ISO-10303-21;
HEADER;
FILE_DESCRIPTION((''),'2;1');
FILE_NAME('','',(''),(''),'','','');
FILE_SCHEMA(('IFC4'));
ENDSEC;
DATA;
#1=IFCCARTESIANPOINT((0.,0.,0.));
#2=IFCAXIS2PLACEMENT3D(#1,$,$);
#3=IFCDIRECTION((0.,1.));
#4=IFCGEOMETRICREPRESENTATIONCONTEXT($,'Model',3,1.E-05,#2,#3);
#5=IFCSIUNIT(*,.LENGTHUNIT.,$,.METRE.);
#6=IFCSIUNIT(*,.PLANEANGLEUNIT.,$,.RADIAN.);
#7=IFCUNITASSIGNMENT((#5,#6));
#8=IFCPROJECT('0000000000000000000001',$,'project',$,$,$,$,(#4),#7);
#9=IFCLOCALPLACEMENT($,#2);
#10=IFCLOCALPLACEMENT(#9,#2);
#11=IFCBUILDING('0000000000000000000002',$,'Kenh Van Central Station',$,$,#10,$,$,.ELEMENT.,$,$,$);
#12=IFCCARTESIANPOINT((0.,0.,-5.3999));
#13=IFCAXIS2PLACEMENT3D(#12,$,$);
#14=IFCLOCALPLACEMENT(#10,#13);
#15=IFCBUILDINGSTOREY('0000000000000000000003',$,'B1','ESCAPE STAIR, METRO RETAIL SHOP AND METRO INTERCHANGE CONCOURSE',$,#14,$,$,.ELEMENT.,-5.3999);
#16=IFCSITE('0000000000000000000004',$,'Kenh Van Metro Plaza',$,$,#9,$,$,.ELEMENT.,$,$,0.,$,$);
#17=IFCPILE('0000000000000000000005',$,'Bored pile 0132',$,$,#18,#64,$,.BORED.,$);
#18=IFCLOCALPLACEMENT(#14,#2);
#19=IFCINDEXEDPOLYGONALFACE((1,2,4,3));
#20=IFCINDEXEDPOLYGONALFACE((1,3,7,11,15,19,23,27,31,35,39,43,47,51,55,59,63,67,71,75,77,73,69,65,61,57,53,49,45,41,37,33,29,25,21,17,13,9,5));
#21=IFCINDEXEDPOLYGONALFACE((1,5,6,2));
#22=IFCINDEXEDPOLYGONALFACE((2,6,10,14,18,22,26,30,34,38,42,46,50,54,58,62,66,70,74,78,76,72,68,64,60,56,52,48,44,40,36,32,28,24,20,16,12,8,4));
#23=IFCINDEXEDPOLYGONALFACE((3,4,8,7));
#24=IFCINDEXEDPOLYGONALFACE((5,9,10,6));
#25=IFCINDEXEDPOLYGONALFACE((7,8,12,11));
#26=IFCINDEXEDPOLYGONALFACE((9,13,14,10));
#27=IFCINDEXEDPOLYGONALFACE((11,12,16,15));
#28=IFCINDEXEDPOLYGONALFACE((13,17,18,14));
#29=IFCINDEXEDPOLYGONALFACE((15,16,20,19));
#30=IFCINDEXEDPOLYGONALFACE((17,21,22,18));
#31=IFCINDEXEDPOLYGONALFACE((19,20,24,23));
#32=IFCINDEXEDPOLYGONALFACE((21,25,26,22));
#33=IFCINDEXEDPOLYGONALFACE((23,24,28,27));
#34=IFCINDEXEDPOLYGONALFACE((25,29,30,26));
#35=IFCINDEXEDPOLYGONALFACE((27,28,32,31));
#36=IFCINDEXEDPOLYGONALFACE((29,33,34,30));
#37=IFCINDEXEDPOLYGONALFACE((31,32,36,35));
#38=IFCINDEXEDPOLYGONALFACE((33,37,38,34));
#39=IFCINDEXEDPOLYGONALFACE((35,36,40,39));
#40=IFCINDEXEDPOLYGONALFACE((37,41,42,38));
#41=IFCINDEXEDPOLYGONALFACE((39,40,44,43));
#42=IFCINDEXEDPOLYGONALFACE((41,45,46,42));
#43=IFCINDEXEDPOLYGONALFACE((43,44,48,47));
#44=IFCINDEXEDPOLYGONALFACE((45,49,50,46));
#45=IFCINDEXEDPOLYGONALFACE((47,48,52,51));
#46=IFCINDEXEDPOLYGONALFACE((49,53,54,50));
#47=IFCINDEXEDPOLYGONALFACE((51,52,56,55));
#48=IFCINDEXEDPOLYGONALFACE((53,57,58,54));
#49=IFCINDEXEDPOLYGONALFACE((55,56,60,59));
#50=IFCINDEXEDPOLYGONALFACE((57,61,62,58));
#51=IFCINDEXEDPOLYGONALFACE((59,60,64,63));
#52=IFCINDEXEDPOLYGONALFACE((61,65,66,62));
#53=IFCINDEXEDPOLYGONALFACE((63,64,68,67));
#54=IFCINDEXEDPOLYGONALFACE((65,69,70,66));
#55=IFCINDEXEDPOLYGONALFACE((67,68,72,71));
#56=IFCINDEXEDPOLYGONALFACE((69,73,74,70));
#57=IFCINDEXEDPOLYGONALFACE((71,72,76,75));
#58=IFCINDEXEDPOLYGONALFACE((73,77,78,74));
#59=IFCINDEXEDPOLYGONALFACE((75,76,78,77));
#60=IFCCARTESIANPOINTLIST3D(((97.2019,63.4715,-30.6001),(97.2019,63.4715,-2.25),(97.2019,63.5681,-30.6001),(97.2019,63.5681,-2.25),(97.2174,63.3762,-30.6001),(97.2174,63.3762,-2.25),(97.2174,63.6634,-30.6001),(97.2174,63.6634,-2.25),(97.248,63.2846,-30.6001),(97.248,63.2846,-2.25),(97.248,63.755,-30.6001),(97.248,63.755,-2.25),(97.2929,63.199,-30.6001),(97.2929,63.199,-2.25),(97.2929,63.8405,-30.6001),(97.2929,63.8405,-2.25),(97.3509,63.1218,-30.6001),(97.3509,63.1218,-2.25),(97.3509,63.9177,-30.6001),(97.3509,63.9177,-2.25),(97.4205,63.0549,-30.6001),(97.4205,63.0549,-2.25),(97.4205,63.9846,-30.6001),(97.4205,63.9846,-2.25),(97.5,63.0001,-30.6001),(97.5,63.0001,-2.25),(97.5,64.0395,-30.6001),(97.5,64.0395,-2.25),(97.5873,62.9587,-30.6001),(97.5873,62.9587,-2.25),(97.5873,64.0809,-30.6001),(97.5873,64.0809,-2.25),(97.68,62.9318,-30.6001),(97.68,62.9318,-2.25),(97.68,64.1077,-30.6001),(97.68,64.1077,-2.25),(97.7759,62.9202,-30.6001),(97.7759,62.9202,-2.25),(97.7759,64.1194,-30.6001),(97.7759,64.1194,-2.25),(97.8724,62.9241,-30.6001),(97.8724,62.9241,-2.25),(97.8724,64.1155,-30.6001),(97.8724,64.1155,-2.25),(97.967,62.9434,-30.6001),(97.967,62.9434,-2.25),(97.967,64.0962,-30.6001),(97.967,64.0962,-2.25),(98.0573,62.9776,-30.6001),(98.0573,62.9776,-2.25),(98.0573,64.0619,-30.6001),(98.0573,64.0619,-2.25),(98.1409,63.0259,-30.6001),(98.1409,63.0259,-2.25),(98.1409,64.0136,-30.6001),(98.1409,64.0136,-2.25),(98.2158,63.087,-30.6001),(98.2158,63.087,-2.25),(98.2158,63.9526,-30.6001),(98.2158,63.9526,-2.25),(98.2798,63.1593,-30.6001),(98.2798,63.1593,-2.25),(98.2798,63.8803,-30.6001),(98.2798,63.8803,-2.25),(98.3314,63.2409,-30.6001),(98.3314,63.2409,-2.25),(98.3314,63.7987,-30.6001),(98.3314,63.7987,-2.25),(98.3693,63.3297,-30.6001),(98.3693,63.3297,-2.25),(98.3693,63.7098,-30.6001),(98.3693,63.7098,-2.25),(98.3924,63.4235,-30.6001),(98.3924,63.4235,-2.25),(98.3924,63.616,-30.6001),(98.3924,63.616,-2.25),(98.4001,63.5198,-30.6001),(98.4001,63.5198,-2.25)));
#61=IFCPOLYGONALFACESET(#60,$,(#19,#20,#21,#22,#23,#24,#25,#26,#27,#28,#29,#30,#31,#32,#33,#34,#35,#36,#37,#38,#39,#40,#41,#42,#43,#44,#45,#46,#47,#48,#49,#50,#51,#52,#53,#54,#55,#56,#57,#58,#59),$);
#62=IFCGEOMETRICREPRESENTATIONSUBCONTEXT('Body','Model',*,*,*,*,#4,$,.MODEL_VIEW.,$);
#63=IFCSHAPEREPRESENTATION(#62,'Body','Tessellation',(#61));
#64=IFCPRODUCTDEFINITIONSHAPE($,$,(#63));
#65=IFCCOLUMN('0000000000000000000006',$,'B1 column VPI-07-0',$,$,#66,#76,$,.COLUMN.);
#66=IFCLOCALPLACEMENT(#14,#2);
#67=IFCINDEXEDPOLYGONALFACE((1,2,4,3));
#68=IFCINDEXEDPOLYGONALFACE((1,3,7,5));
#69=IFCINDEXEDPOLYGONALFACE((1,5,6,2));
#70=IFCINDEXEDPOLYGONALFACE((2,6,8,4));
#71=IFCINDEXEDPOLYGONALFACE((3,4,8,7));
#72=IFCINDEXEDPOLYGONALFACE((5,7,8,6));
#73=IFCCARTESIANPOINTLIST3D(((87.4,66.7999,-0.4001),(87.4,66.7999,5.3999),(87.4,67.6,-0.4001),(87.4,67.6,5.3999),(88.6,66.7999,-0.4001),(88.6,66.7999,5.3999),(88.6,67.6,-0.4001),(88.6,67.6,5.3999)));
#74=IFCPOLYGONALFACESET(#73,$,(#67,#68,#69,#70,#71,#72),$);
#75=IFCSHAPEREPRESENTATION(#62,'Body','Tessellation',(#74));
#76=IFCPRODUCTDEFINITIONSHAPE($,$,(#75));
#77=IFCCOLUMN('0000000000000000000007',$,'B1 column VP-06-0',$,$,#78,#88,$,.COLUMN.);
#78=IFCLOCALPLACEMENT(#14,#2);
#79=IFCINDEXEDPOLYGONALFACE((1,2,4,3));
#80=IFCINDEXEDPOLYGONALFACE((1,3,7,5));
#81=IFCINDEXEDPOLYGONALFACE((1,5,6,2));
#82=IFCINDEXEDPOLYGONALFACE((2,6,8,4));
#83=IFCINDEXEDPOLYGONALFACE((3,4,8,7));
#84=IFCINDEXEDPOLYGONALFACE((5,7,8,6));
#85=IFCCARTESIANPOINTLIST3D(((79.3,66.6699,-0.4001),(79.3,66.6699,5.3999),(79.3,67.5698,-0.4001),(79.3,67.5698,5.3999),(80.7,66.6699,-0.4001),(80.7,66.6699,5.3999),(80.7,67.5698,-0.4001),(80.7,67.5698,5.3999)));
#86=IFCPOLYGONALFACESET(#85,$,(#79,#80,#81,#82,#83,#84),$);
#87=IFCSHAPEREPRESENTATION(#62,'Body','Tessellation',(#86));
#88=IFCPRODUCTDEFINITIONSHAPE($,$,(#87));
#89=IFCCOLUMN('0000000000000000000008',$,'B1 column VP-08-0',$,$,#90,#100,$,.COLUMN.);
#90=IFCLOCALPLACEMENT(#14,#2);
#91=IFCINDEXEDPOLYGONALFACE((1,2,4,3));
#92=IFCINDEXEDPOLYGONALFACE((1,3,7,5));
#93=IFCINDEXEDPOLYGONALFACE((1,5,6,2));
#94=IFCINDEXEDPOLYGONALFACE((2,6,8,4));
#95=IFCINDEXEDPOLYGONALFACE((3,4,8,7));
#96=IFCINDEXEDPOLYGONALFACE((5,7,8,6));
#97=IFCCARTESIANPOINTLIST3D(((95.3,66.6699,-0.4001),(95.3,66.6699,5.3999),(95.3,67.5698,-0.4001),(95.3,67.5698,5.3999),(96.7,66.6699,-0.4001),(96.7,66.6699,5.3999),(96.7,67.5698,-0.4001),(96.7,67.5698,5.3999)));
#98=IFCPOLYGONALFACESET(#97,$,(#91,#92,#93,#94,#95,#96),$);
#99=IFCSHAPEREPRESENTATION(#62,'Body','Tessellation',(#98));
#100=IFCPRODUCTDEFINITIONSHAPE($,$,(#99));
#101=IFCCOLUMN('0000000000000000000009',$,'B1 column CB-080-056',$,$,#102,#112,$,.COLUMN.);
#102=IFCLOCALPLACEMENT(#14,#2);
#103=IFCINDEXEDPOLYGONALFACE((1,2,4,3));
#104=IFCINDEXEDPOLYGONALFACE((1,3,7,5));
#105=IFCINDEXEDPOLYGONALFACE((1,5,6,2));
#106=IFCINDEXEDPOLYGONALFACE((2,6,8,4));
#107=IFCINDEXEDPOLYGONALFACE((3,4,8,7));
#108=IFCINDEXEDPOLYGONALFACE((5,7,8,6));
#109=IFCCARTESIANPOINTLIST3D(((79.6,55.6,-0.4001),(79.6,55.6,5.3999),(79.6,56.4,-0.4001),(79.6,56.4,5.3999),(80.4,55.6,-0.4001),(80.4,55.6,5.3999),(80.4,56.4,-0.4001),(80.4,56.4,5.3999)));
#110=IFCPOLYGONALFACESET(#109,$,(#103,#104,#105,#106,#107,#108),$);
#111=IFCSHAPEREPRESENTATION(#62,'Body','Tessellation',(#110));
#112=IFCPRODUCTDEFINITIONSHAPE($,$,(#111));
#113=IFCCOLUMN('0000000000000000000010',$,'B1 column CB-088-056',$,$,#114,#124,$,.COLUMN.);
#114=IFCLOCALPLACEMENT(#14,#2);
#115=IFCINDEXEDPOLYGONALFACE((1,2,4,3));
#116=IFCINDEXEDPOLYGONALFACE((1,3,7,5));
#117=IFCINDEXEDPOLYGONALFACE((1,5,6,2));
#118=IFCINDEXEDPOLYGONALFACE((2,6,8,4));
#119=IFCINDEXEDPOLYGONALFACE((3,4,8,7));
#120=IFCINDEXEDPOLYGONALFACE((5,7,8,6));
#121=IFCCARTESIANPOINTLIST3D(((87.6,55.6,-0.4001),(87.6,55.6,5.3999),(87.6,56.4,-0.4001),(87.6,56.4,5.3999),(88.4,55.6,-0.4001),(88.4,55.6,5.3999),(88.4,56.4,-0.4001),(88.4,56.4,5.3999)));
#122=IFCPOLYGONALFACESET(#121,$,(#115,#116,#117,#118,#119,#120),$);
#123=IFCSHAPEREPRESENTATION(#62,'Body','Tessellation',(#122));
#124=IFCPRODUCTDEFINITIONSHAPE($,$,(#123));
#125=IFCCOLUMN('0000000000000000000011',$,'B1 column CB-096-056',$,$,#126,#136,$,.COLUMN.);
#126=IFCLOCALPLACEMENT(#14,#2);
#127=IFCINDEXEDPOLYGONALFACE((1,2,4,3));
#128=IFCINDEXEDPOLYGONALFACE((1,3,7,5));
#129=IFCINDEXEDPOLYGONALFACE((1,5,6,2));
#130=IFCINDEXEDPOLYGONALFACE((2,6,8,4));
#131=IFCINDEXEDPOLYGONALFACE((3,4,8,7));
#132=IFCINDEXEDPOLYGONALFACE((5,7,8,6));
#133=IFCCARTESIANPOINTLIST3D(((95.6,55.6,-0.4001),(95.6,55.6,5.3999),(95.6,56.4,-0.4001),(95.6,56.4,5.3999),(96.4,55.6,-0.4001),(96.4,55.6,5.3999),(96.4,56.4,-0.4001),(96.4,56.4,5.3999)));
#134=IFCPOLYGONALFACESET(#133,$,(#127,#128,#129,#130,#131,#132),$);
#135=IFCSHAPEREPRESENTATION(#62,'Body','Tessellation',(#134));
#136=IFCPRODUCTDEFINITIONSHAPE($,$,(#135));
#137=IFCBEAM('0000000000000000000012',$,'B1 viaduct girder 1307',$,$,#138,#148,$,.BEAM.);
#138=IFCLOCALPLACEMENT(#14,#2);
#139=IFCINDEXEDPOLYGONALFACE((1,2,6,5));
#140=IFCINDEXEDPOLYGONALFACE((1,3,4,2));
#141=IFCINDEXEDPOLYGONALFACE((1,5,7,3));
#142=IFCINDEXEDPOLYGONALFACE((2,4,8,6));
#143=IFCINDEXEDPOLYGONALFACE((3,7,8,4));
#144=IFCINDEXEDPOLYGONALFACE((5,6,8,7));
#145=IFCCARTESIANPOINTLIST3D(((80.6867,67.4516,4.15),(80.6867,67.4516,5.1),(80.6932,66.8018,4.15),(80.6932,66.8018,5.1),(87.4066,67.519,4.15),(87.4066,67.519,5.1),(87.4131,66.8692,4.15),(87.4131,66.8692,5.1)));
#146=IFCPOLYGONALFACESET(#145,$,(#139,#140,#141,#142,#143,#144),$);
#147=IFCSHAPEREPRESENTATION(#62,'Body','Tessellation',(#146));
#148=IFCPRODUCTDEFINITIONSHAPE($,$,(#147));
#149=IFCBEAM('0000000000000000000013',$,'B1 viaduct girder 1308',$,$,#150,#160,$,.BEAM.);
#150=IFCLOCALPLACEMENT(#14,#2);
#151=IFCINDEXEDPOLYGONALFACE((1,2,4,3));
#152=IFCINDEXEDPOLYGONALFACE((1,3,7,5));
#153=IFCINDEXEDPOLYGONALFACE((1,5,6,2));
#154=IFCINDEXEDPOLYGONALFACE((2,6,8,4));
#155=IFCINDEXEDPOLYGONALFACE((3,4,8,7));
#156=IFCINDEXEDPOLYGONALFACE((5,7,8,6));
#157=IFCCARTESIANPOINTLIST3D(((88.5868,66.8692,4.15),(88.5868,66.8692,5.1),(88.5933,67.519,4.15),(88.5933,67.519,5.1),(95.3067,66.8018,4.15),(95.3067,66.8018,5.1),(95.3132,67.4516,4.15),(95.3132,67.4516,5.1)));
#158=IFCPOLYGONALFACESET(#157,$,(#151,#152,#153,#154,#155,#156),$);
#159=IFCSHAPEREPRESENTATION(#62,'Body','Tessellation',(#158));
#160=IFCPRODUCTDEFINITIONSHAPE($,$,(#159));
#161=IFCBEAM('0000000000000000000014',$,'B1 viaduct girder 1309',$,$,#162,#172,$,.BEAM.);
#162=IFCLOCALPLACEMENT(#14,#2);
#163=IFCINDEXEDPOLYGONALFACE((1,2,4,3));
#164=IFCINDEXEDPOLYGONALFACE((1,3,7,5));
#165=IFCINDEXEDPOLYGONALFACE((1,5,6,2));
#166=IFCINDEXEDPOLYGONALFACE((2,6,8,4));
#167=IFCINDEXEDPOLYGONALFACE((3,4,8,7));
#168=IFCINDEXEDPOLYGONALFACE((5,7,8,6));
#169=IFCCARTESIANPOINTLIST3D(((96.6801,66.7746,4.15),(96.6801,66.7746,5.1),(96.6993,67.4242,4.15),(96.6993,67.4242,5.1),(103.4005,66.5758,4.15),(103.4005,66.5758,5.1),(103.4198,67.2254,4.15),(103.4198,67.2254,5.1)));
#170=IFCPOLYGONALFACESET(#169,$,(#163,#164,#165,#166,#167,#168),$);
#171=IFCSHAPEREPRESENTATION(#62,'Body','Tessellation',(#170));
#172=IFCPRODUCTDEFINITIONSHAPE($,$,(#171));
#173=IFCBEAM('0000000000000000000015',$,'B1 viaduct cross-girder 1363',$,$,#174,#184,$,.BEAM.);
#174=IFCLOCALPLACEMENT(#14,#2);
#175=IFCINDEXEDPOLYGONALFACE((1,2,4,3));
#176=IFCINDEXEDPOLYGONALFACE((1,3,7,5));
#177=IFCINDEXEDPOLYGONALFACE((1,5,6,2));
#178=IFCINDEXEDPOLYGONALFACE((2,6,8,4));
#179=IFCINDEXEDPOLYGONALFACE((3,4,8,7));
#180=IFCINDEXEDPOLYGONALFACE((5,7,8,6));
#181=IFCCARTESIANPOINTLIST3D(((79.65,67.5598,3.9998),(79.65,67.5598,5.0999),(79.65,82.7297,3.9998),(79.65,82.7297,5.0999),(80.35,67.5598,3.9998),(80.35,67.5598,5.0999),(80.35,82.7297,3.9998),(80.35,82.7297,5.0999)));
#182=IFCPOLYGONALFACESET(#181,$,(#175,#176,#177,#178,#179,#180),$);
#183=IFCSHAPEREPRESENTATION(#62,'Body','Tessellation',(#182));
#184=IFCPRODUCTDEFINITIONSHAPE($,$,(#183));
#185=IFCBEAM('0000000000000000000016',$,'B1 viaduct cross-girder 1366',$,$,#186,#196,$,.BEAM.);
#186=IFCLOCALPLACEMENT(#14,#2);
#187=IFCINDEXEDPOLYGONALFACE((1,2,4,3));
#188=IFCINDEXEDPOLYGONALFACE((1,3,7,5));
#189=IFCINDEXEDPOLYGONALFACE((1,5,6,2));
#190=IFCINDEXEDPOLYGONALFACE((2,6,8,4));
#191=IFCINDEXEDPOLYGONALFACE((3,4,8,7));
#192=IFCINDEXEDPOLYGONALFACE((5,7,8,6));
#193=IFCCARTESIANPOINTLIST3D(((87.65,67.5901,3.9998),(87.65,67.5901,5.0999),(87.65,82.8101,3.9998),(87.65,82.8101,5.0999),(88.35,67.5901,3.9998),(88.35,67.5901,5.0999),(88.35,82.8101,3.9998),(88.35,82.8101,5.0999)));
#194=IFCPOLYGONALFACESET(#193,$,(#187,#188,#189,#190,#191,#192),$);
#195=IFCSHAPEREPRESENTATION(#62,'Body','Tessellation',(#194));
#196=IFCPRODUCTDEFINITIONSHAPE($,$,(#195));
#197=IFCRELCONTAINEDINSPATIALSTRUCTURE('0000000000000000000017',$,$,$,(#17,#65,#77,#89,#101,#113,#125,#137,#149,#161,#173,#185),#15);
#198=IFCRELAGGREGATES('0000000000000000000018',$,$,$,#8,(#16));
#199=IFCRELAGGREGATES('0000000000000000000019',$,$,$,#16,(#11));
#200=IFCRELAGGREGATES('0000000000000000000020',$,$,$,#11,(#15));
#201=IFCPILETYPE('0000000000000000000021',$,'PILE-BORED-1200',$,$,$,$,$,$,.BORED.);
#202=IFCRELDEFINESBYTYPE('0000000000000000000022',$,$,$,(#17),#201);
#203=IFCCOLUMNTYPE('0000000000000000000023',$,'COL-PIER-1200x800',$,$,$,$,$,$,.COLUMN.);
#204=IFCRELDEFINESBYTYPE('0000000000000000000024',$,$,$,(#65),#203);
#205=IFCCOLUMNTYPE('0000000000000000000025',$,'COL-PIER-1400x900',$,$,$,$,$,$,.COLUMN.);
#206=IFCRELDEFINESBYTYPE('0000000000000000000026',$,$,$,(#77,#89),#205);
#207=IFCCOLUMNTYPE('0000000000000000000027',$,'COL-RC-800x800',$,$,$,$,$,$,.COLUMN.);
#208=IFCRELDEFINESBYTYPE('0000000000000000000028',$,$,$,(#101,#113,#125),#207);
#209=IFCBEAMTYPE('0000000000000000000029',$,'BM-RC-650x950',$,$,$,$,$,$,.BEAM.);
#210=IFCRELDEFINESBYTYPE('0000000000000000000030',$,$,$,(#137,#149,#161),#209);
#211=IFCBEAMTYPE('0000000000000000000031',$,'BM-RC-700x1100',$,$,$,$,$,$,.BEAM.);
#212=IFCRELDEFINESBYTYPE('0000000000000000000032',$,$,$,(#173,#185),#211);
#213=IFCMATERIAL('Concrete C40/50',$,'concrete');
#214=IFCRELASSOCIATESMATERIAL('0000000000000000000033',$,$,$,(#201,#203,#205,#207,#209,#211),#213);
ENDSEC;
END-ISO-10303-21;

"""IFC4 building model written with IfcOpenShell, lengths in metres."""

from ifc_helpers import new_model, si_unit, direction, frame, origin, origin_2d, place, context, subcontext, project, spatial, rectangle, circle, extrude, material, material_profile, profile_set, type_object, element, save


model = new_model("IFC4")

# Units and contexts
model_context = context("Model", 3, precision=1e-05, world=origin(), true_north=direction((0.0, 1.0)))
body_context = subcontext(model_context, "Body", "Model", "MODEL_VIEW")
ifc_project = project(units=[si_unit("LENGTHUNIT", "METRE"), si_unit("PLANEANGLEUNIT", "RADIAN")], contexts=[model_context])

# Site, building, storey
site_placement = place(None, origin())
site = spatial("IfcSite", under=ifc_project, at=site_placement, Name="Kenh Van Metro Plaza", CompositionType="ELEMENT", RefElevation=0.0)
building_placement = place(site_placement, origin())
building = spatial("IfcBuilding", under=site, at=building_placement, Name="Kenh Van Central Station", CompositionType="ELEMENT")
storey_placement = place(building_placement, frame((0.0, 0.0, -5.3999)))
storey = spatial("IfcBuildingStorey", under=building, at=storey_placement, Name="B1", Description="ESCAPE STAIR, METRO RETAIL SHOP AND METRO INTERCHANGE CONCOURSE", CompositionType="ELEMENT", Elevation=-5.3999)

# Shared definitions
ifc_material = material(Name="Concrete C40/50", Category="concrete")

# Pile
ifc_material_profile_1 = material_profile(ifc_material, circle(Radius=0.6001, at=origin_2d()), Name="PILE D1200")
ifc_profile_set_1 = profile_set([ifc_material_profile_1], Name="Concrete C40/50")
pile_type_1 = type_object("IfcPileType", Name="PILE-BORED-1200", PredefinedType="BORED", material=ifc_profile_set_1)
for number, where, z_axis, x_axis, name in (
    (1, (97.8, 63.5198, -2.25), (0.0, 0.0, -1.0), (1.0, 0.0, 0.0), "Bored pile 0132"),
):
    element("IfcPile", number, at=place(storey_placement, frame(where, z_axis=z_axis, x_axis=x_axis)), inside=storey, type_object=pile_type_1, Name=name, PredefinedType="BORED", context=body_context, shape_type="SweptSolid", body=[
        extrude(circle(Radius=0.6001, at=origin_2d()), origin(), (0.0, 0.0, 1.0), 28.3501),
    ])

# Columns
ifc_material_profile_2 = material_profile(ifc_material, rectangle(XDim=1.2, YDim=0.8, at=origin_2d()), Name="RC 1200x800")
ifc_profile_set_2 = profile_set([ifc_material_profile_2], Name="Concrete C40/50")
column_type_1 = type_object("IfcColumnType", Name="COL-PIER-1200x800", PredefinedType="COLUMN", material=ifc_profile_set_2)
column_placement = place(storey_placement, frame((88.0, 67.2, -0.4001), z_axis=(0.0, 0.0, 1.0), x_axis=(1.0, 0.0, 0.0)))
element("IfcColumn", 2, at=column_placement, inside=storey, type_object=column_type_1, Name="B1 column VPI-07-0", PredefinedType="COLUMN", context=body_context, shape_type="SweptSolid", body=[
    extrude(rectangle(XDim=1.2, YDim=0.8, at=origin_2d()), origin(), (0.0, 0.0, 1.0), 5.8),
])
ifc_material_profile_3 = material_profile(ifc_material, rectangle(XDim=1.3999, YDim=0.8999, at=origin_2d()), Name="RC 1400x900")
ifc_profile_set_3 = profile_set([ifc_material_profile_3], Name="Concrete C40/50")
column_type_2 = type_object("IfcColumnType", Name="COL-PIER-1400x900", PredefinedType="COLUMN", material=ifc_profile_set_3)
for number, where, z_axis, x_axis, name in (
    (3, (80.0, 67.1199, -0.4001), (0.0, 0.0, 1.0), (1.0, 0.0, 0.0), "B1 column VP-06-0"),
    (4, (96.0, 67.1199, -0.4001), (0.0, 0.0, 1.0), (1.0, 0.0, 0.0), "B1 column VP-08-0"),
):
    element("IfcColumn", number, at=place(storey_placement, frame(where, z_axis=z_axis, x_axis=x_axis)), inside=storey, type_object=column_type_2, Name=name, PredefinedType="COLUMN", context=body_context, shape_type="SweptSolid", body=[
        extrude(rectangle(XDim=1.3999, YDim=0.8999, at=origin_2d()), origin(), (0.0, 0.0, 1.0), 5.8),
    ])
ifc_material_profile_4 = material_profile(ifc_material, rectangle(XDim=0.8, YDim=0.8, at=origin_2d()), Name="RC 800x800")
ifc_profile_set_4 = profile_set([ifc_material_profile_4], Name="Concrete C40/50")
column_type_3 = type_object("IfcColumnType", Name="COL-RC-800x800", PredefinedType="COLUMN", material=ifc_profile_set_4)
for number, where, z_axis, x_axis, name in (
    (5, (80.0, 56.0, -0.4001), (0.0, 0.0, 1.0), (1.0, 0.0, 0.0), "B1 column CB-080-056"),
    (6, (88.0, 56.0, -0.4001), (0.0, 0.0, 1.0), (1.0, 0.0, 0.0), "B1 column CB-088-056"),
    (7, (96.0, 56.0, -0.4001), (0.0, 0.0, 1.0), (1.0, 0.0, 0.0), "B1 column CB-096-056"),
):
    element("IfcColumn", number, at=place(storey_placement, frame(where, z_axis=z_axis, x_axis=x_axis)), inside=storey, type_object=column_type_3, Name=name, PredefinedType="COLUMN", context=body_context, shape_type="SweptSolid", body=[
        extrude(rectangle(XDim=0.8, YDim=0.8, at=origin_2d()), origin(), (0.0, 0.0, 1.0), 5.8),
    ])

# Beams
ifc_material_profile_5 = material_profile(ifc_material, rectangle(XDim=0.6499, YDim=0.95, at=origin_2d()), Name="RC 650x950")
ifc_profile_set_5 = profile_set([ifc_material_profile_5], Name="Concrete C40/50")
beam_type_1 = type_object("IfcBeamType", Name="BM-RC-650x950", PredefinedType="BEAM", material=ifc_profile_set_5)
for number, where, z_axis, x_axis, name in (
    (8, (80.6899, 67.1267, 4.625), (0.99995, 0.010027, 0.0), (-0.010027, 0.99995, 0.0), "B1 viaduct girder 1307"),
    (9, (88.5901, 67.1941, 4.625), (0.99995, -0.010027, 0.0), (0.010027, 0.99995, 0.0), "B1 viaduct girder 1308"),
):
    element("IfcBeam", number, at=place(storey_placement, frame(where, z_axis=z_axis, x_axis=x_axis)), inside=storey, type_object=beam_type_1, Name=name, PredefinedType="BEAM", context=body_context, shape_type="SweptSolid", body=[
        extrude(rectangle(XDim=0.6499, YDim=0.95, at=origin_2d()), origin(), (0.0, 0.0, 1.0), 6.7202),
    ])
beam_1_placement = place(storey_placement, frame((96.6897, 67.0994, 4.625), z_axis=(0.999563, -0.029558, 0.0), x_axis=(0.029558, 0.999563, 0.0)))
element("IfcBeam", 10, at=beam_1_placement, inside=storey, type_object=beam_type_1, Name="B1 viaduct girder 1309", PredefinedType="BEAM", context=body_context, shape_type="SweptSolid", body=[
    extrude(rectangle(XDim=0.6499, YDim=0.95, at=origin_2d()), origin(), (0.0, 0.0, 1.0), 6.7234),
])
ifc_material_profile_6 = material_profile(ifc_material, rectangle(XDim=0.7, YDim=1.1001, at=origin_2d()), Name="RC 700x1100")
ifc_profile_set_6 = profile_set([ifc_material_profile_6], Name="Concrete C40/50")
beam_type_2 = type_object("IfcBeamType", Name="BM-RC-700x1100", PredefinedType="BEAM", material=ifc_profile_set_6)
beam_2_placement = place(storey_placement, frame((80.0, 67.5598, 4.5498), z_axis=(0.0, 1.0, 0.0), x_axis=(-1.0, 0.0, 0.0)))
element("IfcBeam", 11, at=beam_2_placement, inside=storey, type_object=beam_type_2, Name="B1 viaduct cross-girder 1363", PredefinedType="BEAM", context=body_context, shape_type="SweptSolid", body=[
    extrude(rectangle(XDim=0.7, YDim=1.1001, at=origin_2d()), origin(), (0.0, 0.0, 1.0), 15.1699),
])
beam_3_placement = place(storey_placement, frame((88.0, 67.5901, 4.5498), z_axis=(0.0, 1.0, 0.0), x_axis=(-1.0, 0.0, 0.0)))
element("IfcBeam", 12, at=beam_3_placement, inside=storey, type_object=beam_type_2, Name="B1 viaduct cross-girder 1366", PredefinedType="BEAM", context=body_context, shape_type="SweptSolid", body=[
    extrude(rectangle(XDim=0.7, YDim=1.1001, at=origin_2d()), origin(), (0.0, 0.0, 1.0), 15.22),
])

save(model, "model.ifc")
